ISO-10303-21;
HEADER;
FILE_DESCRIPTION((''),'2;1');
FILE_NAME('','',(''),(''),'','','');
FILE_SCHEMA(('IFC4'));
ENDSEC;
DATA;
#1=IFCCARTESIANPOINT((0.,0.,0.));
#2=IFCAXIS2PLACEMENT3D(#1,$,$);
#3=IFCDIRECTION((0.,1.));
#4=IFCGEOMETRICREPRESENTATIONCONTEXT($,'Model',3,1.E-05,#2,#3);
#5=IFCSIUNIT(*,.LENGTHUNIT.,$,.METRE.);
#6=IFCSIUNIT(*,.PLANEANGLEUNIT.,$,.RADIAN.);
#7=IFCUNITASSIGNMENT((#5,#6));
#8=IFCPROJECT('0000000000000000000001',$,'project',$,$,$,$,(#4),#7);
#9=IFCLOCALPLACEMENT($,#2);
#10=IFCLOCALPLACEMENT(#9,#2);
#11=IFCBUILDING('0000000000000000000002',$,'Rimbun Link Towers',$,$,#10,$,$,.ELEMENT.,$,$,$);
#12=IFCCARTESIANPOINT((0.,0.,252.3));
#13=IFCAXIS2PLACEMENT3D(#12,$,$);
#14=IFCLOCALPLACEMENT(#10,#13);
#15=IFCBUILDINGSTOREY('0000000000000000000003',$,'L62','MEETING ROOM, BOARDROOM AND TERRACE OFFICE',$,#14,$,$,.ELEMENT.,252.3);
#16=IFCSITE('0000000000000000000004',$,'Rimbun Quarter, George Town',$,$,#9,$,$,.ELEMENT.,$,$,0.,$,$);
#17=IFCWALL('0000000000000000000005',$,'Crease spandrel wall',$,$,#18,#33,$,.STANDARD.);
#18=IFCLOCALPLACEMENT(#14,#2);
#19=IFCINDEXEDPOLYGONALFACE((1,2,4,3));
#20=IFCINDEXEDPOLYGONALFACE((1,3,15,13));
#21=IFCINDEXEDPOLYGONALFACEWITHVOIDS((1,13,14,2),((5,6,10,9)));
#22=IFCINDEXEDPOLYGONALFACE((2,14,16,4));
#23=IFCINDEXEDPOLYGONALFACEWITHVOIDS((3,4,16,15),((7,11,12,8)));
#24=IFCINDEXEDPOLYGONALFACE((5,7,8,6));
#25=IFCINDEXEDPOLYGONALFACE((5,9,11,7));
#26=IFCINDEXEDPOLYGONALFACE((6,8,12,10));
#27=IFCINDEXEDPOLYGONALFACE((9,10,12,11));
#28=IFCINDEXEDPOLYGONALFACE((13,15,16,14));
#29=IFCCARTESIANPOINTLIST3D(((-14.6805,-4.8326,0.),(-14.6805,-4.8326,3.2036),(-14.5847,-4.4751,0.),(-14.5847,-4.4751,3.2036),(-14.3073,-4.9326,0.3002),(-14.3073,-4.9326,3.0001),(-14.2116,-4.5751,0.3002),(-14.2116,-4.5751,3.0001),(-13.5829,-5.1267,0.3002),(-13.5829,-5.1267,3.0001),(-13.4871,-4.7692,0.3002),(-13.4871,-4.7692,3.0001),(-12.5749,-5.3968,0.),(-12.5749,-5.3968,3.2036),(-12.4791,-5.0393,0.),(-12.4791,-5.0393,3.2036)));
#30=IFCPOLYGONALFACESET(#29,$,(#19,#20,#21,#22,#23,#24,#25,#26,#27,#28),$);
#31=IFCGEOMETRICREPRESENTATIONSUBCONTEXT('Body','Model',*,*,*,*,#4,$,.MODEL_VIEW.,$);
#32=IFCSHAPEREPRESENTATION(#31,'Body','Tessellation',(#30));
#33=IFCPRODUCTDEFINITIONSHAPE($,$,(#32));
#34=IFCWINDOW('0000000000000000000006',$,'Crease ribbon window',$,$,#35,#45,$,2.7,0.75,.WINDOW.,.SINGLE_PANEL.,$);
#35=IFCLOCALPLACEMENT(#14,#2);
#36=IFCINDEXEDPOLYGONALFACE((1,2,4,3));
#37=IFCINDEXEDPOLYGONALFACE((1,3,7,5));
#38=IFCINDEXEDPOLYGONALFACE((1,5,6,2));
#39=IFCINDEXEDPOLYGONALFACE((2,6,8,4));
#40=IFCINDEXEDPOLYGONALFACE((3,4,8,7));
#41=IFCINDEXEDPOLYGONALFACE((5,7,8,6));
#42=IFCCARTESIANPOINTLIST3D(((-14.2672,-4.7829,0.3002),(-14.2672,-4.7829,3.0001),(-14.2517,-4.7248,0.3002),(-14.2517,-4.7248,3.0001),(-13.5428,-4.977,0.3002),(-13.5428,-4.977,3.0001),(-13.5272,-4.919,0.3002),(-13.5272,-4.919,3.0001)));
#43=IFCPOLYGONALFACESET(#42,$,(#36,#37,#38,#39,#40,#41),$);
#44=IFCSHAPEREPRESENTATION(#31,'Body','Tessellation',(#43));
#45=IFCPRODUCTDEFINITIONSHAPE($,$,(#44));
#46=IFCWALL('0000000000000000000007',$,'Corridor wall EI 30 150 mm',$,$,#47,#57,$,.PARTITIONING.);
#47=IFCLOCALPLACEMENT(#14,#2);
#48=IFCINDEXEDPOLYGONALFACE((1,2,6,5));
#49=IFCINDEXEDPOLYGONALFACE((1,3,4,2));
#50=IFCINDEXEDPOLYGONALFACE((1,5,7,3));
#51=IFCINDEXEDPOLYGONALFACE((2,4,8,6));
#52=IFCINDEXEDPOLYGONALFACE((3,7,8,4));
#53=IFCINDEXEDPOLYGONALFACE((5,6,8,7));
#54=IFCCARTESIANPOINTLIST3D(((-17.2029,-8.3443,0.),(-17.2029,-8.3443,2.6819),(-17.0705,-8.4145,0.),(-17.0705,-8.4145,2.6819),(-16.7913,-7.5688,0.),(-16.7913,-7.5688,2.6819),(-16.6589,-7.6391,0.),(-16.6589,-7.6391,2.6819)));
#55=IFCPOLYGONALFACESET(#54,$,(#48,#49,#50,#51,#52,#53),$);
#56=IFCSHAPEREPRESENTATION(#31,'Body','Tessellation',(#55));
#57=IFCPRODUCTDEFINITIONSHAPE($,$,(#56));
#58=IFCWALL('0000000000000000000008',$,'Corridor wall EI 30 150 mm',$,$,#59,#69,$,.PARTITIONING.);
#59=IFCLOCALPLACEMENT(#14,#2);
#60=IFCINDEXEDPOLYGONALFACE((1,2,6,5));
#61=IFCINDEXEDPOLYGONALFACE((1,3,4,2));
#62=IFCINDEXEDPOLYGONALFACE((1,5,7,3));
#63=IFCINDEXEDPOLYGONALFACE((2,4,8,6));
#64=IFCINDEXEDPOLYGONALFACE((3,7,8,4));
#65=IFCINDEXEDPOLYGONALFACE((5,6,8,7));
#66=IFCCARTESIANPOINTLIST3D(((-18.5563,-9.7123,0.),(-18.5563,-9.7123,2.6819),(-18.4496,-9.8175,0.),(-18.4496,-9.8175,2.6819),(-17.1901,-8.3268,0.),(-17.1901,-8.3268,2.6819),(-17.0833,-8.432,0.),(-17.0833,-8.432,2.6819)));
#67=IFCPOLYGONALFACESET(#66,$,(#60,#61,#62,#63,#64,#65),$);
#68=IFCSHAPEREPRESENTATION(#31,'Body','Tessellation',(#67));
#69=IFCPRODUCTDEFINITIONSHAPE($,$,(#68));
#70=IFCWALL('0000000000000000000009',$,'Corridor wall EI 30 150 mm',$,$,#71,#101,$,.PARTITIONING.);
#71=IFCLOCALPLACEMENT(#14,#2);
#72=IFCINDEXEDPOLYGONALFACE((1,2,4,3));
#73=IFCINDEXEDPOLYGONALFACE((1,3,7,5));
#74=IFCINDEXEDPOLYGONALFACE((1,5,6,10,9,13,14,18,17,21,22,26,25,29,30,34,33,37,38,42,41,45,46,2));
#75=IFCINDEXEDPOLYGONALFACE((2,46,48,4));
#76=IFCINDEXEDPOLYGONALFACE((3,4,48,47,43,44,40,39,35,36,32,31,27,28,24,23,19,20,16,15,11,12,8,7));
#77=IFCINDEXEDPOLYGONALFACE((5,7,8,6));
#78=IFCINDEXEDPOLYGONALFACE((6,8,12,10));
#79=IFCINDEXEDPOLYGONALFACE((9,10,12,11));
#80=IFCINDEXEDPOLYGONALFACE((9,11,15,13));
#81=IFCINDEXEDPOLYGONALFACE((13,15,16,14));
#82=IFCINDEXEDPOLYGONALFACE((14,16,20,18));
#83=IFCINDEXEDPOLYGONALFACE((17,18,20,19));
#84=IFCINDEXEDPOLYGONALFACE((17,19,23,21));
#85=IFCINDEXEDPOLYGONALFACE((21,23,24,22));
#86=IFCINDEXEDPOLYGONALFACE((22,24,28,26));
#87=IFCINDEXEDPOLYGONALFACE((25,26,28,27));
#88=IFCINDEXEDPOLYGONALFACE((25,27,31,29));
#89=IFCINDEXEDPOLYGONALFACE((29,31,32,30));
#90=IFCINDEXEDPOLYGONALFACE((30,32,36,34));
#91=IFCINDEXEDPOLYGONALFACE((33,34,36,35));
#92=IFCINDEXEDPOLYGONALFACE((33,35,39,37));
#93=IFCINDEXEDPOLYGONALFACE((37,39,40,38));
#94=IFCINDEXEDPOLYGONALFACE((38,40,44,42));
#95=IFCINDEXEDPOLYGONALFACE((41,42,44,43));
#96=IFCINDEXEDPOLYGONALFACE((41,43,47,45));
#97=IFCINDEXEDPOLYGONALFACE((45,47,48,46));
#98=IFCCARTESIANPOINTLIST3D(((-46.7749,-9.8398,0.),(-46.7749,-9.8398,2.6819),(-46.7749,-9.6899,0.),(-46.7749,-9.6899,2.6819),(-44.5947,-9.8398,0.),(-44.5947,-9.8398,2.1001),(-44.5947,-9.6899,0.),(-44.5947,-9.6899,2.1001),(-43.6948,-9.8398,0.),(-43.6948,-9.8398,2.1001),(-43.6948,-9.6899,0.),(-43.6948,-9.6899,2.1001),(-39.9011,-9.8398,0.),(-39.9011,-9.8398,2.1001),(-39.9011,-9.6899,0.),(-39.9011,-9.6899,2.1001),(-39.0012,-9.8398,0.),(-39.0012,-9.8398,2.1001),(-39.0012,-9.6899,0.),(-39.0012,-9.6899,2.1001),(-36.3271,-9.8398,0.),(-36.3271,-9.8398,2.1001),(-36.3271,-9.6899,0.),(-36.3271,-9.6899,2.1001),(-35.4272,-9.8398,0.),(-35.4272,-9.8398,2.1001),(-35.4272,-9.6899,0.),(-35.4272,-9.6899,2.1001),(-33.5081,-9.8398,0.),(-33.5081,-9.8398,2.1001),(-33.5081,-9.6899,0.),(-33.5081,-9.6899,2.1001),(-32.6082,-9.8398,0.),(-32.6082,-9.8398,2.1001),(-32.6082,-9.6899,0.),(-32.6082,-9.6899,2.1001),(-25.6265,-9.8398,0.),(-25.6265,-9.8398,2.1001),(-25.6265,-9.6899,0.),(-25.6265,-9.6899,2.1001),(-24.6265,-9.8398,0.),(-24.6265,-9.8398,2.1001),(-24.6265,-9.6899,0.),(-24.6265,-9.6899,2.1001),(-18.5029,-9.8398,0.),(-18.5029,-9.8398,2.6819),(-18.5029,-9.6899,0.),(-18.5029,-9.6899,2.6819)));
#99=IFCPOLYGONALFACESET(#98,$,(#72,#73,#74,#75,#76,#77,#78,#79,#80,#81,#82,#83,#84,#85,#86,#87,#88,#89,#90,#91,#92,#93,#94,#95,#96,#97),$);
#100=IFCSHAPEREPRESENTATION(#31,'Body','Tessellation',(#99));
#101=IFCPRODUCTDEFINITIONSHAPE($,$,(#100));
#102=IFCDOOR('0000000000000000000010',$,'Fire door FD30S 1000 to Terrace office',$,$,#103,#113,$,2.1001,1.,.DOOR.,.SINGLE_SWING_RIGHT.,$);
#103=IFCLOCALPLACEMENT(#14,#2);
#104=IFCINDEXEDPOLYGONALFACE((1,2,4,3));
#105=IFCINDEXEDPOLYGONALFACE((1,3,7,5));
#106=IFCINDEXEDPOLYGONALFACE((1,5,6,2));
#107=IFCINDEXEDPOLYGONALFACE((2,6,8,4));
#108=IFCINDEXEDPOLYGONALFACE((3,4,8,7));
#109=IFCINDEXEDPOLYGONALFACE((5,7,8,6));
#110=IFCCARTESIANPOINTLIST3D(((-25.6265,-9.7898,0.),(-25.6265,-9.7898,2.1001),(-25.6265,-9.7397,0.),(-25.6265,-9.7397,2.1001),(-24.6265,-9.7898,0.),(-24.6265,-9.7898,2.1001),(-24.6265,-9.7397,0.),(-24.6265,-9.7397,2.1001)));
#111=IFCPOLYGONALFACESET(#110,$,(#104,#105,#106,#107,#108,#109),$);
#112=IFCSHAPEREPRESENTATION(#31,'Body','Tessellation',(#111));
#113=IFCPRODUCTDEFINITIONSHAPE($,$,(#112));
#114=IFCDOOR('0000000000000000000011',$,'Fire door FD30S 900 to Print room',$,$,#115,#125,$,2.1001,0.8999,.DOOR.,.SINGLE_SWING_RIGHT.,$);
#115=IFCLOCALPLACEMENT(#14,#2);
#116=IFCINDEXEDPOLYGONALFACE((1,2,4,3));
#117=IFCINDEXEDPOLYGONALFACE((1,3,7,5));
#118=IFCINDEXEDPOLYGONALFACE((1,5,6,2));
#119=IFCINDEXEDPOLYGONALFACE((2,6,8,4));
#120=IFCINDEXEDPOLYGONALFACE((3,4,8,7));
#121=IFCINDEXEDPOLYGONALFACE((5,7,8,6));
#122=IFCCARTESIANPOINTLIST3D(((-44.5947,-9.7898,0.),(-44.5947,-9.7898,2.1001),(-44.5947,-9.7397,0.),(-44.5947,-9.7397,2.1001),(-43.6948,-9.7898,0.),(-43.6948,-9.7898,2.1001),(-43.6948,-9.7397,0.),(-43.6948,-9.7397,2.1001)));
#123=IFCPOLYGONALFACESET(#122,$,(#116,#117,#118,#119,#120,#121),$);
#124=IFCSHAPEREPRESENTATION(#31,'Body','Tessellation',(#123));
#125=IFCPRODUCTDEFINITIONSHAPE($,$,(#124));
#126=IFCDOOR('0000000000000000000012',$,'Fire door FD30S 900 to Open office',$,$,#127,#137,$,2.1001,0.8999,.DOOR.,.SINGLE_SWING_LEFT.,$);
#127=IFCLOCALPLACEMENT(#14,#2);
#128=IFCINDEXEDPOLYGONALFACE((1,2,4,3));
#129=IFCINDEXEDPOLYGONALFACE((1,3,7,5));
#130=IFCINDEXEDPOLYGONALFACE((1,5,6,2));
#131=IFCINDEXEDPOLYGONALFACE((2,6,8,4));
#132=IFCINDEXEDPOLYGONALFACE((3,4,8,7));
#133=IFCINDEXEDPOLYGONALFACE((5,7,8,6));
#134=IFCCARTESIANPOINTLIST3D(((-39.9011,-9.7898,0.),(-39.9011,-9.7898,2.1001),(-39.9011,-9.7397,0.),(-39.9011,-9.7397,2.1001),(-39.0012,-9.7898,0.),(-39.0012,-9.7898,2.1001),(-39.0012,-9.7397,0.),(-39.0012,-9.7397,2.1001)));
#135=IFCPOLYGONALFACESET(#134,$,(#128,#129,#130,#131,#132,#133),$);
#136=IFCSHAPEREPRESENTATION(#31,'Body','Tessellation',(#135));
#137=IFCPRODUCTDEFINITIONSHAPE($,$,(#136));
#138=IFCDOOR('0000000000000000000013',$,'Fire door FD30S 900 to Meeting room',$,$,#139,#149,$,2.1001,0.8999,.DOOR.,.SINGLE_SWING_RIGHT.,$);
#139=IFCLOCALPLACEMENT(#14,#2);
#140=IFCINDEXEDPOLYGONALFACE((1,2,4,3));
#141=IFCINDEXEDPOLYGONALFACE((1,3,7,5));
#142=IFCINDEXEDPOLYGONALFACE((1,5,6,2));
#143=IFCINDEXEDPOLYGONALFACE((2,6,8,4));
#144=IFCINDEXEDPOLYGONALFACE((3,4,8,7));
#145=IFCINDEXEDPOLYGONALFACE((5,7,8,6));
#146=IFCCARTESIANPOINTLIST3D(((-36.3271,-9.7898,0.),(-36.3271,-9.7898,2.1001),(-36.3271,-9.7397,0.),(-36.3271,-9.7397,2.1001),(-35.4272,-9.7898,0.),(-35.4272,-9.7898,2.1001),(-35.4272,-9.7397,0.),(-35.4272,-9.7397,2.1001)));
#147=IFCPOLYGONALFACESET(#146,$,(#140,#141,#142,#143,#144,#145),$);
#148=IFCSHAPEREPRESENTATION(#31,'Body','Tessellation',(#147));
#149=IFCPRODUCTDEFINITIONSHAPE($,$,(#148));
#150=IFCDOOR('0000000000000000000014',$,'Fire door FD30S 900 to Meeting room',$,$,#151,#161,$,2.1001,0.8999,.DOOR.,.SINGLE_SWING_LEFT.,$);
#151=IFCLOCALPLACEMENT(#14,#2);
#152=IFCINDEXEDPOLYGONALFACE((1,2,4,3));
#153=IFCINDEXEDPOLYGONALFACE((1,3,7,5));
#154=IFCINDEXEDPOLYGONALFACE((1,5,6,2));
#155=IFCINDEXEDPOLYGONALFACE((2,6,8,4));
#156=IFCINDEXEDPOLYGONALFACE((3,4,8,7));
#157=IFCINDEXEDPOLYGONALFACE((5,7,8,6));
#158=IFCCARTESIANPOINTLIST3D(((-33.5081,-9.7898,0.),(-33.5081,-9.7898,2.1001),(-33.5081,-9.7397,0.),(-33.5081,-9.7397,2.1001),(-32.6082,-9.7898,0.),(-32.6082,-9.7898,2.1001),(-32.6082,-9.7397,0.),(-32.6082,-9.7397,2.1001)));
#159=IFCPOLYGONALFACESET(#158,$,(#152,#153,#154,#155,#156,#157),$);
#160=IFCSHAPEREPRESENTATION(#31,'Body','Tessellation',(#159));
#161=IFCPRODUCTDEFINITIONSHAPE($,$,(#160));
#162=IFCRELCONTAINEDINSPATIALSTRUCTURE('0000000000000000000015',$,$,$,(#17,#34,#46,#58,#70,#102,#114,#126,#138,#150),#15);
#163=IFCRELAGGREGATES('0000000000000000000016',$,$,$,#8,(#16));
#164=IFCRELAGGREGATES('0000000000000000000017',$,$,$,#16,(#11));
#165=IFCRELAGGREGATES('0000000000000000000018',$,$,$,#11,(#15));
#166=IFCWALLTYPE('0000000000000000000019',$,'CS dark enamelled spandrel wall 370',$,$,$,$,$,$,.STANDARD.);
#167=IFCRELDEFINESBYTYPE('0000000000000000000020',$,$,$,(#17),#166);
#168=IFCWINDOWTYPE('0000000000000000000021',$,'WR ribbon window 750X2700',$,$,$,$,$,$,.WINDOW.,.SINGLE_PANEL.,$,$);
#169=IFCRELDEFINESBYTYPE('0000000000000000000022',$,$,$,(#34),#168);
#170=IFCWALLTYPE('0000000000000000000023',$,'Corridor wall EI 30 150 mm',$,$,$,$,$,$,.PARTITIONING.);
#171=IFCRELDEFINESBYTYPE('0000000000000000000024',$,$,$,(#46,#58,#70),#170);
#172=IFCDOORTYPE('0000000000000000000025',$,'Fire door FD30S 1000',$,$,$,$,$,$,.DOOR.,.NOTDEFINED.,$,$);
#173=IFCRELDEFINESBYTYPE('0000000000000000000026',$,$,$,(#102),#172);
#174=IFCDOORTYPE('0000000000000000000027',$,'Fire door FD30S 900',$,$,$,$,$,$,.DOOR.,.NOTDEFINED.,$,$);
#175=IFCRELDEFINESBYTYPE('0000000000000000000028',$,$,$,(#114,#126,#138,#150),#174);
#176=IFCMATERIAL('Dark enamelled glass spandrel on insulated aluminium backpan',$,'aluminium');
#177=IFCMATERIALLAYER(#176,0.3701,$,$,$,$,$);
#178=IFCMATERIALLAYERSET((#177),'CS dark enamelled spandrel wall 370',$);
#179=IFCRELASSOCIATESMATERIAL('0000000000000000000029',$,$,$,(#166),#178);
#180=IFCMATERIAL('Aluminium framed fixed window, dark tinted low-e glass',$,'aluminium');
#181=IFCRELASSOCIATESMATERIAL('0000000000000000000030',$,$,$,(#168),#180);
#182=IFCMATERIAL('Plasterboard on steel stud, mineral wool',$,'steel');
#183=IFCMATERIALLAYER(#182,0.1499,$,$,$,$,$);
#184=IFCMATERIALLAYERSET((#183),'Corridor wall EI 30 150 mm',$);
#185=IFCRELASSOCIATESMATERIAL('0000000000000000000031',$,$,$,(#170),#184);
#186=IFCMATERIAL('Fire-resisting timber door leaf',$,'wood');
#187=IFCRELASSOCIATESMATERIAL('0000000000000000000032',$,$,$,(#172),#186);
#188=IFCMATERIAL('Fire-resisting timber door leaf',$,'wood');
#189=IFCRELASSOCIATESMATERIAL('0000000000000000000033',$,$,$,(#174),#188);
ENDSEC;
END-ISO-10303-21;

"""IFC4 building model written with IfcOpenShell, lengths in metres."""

from ifc_helpers import new_model, si_unit, direction, frame, frame_2d, origin, place, context, subcontext, project, spatial, rectangle, extrude, material, layer, layer_set, type_object, element, fill, save


model = new_model("IFC4")

# Units and contexts
model_context = context("Model", 3, precision=1e-05, world=origin(), true_north=direction((0.0, 1.0)))
body_context = subcontext(model_context, "Body", "Model", "MODEL_VIEW")
ifc_project = project(units=[si_unit("LENGTHUNIT", "METRE"), si_unit("PLANEANGLEUNIT", "RADIAN")], contexts=[model_context])

# Site, building, storey
site_placement = place(None, origin())
site = spatial("IfcSite", under=ifc_project, at=site_placement, Name="Rimbun Quarter, George Town", CompositionType="ELEMENT", RefElevation=0.0)
building_placement = place(site_placement, origin())
building = spatial("IfcBuilding", under=site, at=building_placement, Name="Rimbun Link Towers", CompositionType="ELEMENT")
storey_placement = place(building_placement, frame((0.0, 0.0, 252.3)))
storey = spatial("IfcBuildingStorey", under=building, at=storey_placement, Name="L62", Description="MEETING ROOM, BOARDROOM AND TERRACE OFFICE", CompositionType="ELEMENT", Elevation=252.3)

# Wall, opening, window
ifc_material_1 = material(Name="Dark enamelled glass spandrel on insulated aluminium backpan", Category="aluminium")
ifc_layer_1 = layer(ifc_material_1, 0.3701)
ifc_layer_set_1 = layer_set([ifc_layer_1], Name="CS dark enamelled spandrel wall 370")
wall_type_1 = type_object("IfcWallType", Name="CS dark enamelled spandrel wall 370", PredefinedType="STANDARD", material=ifc_layer_set_1)
wall_1_placement = place(storey_placement, frame((-12.5271, -5.218, 0.0), z_axis=(0.0, 0.0, 1.0), x_axis=(-0.965928, 0.258813, 0.0)))
wall_1 = element("IfcWall", 1, at=wall_1_placement, inside=storey, type_object=wall_type_1, Name="Crease spandrel wall", PredefinedType="STANDARD", context=body_context, shape_type="SweptSolid", body=[
    extrude(rectangle(XDim=2.1799, YDim=0.3701, at=frame_2d((1.0898, 0.0))), origin(), (0.0, 0.0, 1.0), 3.2036),
])
opening_1_placement = place(wall_1_placement, frame((1.0435, 0.0, 0.3)))
opening_1 = element("IfcOpeningElement", 2, at=opening_1_placement, cuts=wall_1, PredefinedType="OPENING", context=body_context, shape_type="SweptSolid", body=[
    extrude(rectangle(XDim=0.75, YDim=2.7, at=frame_2d((0.375, 1.3501))), frame((0.0, 0.1951, 0.0), z_axis=(0.0, -1.0, 0.0), x_axis=(1.0, 0.0, 0.0)), (0.0, 0.0, 1.0), 0.3901),
])
ifc_material_2 = material(Name="Aluminium framed fixed window, dark tinted low-e glass", Category="aluminium")
window_type_1 = type_object("IfcWindowType", Name="WR ribbon window 750X2700", PartitioningType="SINGLE_PANEL", PredefinedType="WINDOW", material=ifc_material_2)
window_1_placement = place(opening_1_placement, origin())
window_1 = element("IfcWindow", 3, at=window_1_placement, inside=storey, type_object=window_type_1, Name="Crease ribbon window", OverallHeight=2.7, OverallWidth=0.75, PartitioningType="SINGLE_PANEL", PredefinedType="WINDOW", context=body_context, shape_type="SweptSolid", body=[
    extrude(rectangle(XDim=0.75, YDim=2.7, at=frame_2d((0.375, 1.3501))), frame((0.0, 0.03, 0.0), z_axis=(0.0, -1.0, 0.0), x_axis=(1.0, 0.0, 0.0)), (0.0, 0.0, 1.0), 0.0601),
])
fill(opening_1, window_1)

# Walls
ifc_material_3 = material(Name="Plasterboard on steel stud, mineral wool", Category="steel")
ifc_layer_2 = layer(ifc_material_3, 0.1499)
ifc_layer_set_2 = layer_set([ifc_layer_2], Name="Corridor wall EI 30 150 mm")
wall_type_2 = type_object("IfcWallType", Name="Corridor wall EI 30 150 mm", PredefinedType="PARTITIONING", material=ifc_layer_set_2)
wall_2_placement = place(storey_placement, frame((-17.1367, -8.3794, 0.0), z_axis=(0.0, 0.0, 1.0), x_axis=(0.468884, 0.88326, 0.0)))
element("IfcWall", 4, at=wall_2_placement, inside=storey, type_object=wall_type_2, Name="Corridor wall EI 30 150 mm", PredefinedType="PARTITIONING", context=body_context, shape_type="SweptSolid", body=[
    extrude(rectangle(XDim=0.8779, YDim=0.1499, at=frame_2d((0.439, 0.0))), origin(), (0.0, 0.0, 1.0), 2.6819),
])
wall_3_placement = place(storey_placement, frame((-18.5029, -9.7649, 0.0), z_axis=(0.0, 0.0, 1.0), x_axis=(0.702133, 0.712046, 0.0)))
element("IfcWall", 5, at=wall_3_placement, inside=storey, type_object=wall_type_2, Name="Corridor wall EI 30 150 mm", PredefinedType="PARTITIONING", context=body_context, shape_type="SweptSolid", body=[
    extrude(rectangle(XDim=1.9458, YDim=0.1499, at=frame_2d((0.9729, 0.0))), origin(), (0.0, 0.0, 1.0), 2.6819),
])

# Wall, openings, doors
wall_4_placement = place(storey_placement, frame((-18.5029, -9.7649, 0.0), z_axis=(0.0, 0.0, 1.0), x_axis=(-1.0, 0.0, 0.0)))
wall_4 = element("IfcWall", 6, at=wall_4_placement, inside=storey, type_object=wall_type_2, Name="Corridor wall EI 30 150 mm", PredefinedType="PARTITIONING", context=body_context, shape_type="SweptSolid", body=[
    extrude(rectangle(XDim=28.272, YDim=0.1499, at=frame_2d((14.136, 0.0))), origin(), (0.0, 0.0, 1.0), 2.6819),
])
opening_2_placement = place(wall_4_placement, frame((25.1919, 0.0, 0.0)))
opening_2 = element("IfcOpeningElement", 7, at=opening_2_placement, cuts=wall_4, PredefinedType="OPENING", context=body_context, shape_type="SweptSolid", body=[
    extrude(rectangle(XDim=0.8999, YDim=2.1001, at=frame_2d((0.45, 1.05))), frame((0.0, 0.085, 0.0), z_axis=(0.0, -1.0, 0.0), x_axis=(1.0, 0.0, 0.0)), (0.0, 0.0, 1.0), 0.1699),
])
opening_3_placement = place(wall_4_placement, frame((20.4983, 0.0, 0.0)))
opening_3 = element("IfcOpeningElement", 8, at=opening_3_placement, cuts=wall_4, PredefinedType="OPENING", context=body_context, shape_type="SweptSolid", body=[
    extrude(rectangle(XDim=0.8999, YDim=2.1001, at=frame_2d((0.45, 1.05))), frame((0.0, 0.085, 0.0), z_axis=(0.0, -1.0, 0.0), x_axis=(1.0, 0.0, 0.0)), (0.0, 0.0, 1.0), 0.1699),
])
opening_4_placement = place(wall_4_placement, frame((16.9243, 0.0, 0.0)))
opening_4 = element("IfcOpeningElement", 9, at=opening_4_placement, cuts=wall_4, PredefinedType="OPENING", context=body_context, shape_type="SweptSolid", body=[
    extrude(rectangle(XDim=0.8999, YDim=2.1001, at=frame_2d((0.45, 1.05))), frame((0.0, 0.085, 0.0), z_axis=(0.0, -1.0, 0.0), x_axis=(1.0, 0.0, 0.0)), (0.0, 0.0, 1.0), 0.1699),
])
opening_5_placement = place(wall_4_placement, frame((14.1052, 0.0, 0.0)))
opening_5 = element("IfcOpeningElement", 10, at=opening_5_placement, cuts=wall_4, PredefinedType="OPENING", context=body_context, shape_type="SweptSolid", body=[
    extrude(rectangle(XDim=0.8999, YDim=2.1001, at=frame_2d((0.45, 1.05))), frame((0.0, 0.085, 0.0), z_axis=(0.0, -1.0, 0.0), x_axis=(1.0, 0.0, 0.0)), (0.0, 0.0, 1.0), 0.1699),
])
opening_6_placement = place(wall_4_placement, frame((6.1235, 0.0, 0.0)))
opening_6 = element("IfcOpeningElement", 11, at=opening_6_placement, cuts=wall_4, PredefinedType="OPENING", context=body_context, shape_type="SweptSolid", body=[
    extrude(rectangle(XDim=1.0, YDim=2.1001, at=frame_2d((0.5, 1.05))), frame((0.0, 0.085, 0.0), z_axis=(0.0, -1.0, 0.0), x_axis=(1.0, 0.0, 0.0)), (0.0, 0.0, 1.0), 0.1699),
])
ifc_material_4 = material(Name="Fire-resisting timber door leaf", Category="wood")
door_type_1 = type_object("IfcDoorType", Name="Fire door FD30S 1000", OperationType="NOTDEFINED", PredefinedType="DOOR", material=ifc_material_4)
door_1_placement = place(opening_6_placement, origin())
door_1 = element("IfcDoor", 12, at=door_1_placement, inside=storey, type_object=door_type_1, Name="Fire door FD30S 1000 to Terrace office", OperationType="SINGLE_SWING_RIGHT", OverallHeight=2.1001, OverallWidth=1.0, PredefinedType="DOOR", context=body_context, shape_type="SweptSolid", body=[
    extrude(rectangle(XDim=1.0, YDim=2.1001, at=frame_2d((0.5, 1.05))), frame((0.0, 0.0249, 0.0), z_axis=(0.0, -1.0, 0.0), x_axis=(1.0, 0.0, 0.0)), (0.0, 0.0, 1.0), 0.05),
])
fill(opening_6, door_1)
ifc_material_5 = material(Name="Fire-resisting timber door leaf", Category="wood")
door_type_2 = type_object("IfcDoorType", Name="Fire door FD30S 900", OperationType="NOTDEFINED", PredefinedType="DOOR", material=ifc_material_5)
door_2_placement = place(opening_2_placement, origin())
door_2 = element("IfcDoor", 13, at=door_2_placement, inside=storey, type_object=door_type_2, Name="Fire door FD30S 900 to Print room", OperationType="SINGLE_SWING_RIGHT", OverallHeight=2.1001, OverallWidth=0.8999, PredefinedType="DOOR", context=body_context, shape_type="SweptSolid", body=[
    extrude(rectangle(XDim=0.8999, YDim=2.1001, at=frame_2d((0.45, 1.05))), frame((0.0, 0.0249, 0.0), z_axis=(0.0, -1.0, 0.0), x_axis=(1.0, 0.0, 0.0)), (0.0, 0.0, 1.0), 0.05),
])
fill(opening_2, door_2)
door_3_placement = place(opening_3_placement, origin())
door_3 = element("IfcDoor", 14, at=door_3_placement, inside=storey, type_object=door_type_2, Name="Fire door FD30S 900 to Open office", OperationType="SINGLE_SWING_LEFT", OverallHeight=2.1001, OverallWidth=0.8999, PredefinedType="DOOR", context=body_context, shape_type="SweptSolid", body=[
    extrude(rectangle(XDim=0.8999, YDim=2.1001, at=frame_2d((0.45, 1.05))), frame((0.0, 0.0249, 0.0), z_axis=(0.0, -1.0, 0.0), x_axis=(1.0, 0.0, 0.0)), (0.0, 0.0, 1.0), 0.05),
])
fill(opening_3, door_3)
door_4_placement = place(opening_4_placement, origin())
door_4 = element("IfcDoor", 15, at=door_4_placement, inside=storey, type_object=door_type_2, Name="Fire door FD30S 900 to Meeting room", OperationType="SINGLE_SWING_RIGHT", OverallHeight=2.1001, OverallWidth=0.8999, PredefinedType="DOOR", context=body_context, shape_type="SweptSolid", body=[
    extrude(rectangle(XDim=0.8999, YDim=2.1001, at=frame_2d((0.45, 1.05))), frame((0.0, 0.0249, 0.0), z_axis=(0.0, -1.0, 0.0), x_axis=(1.0, 0.0, 0.0)), (0.0, 0.0, 1.0), 0.05),
])
fill(opening_4, door_4)
door_5_placement = place(opening_5_placement, origin())
door_5 = element("IfcDoor", 16, at=door_5_placement, inside=storey, type_object=door_type_2, Name="Fire door FD30S 900 to Meeting room", OperationType="SINGLE_SWING_LEFT", OverallHeight=2.1001, OverallWidth=0.8999, PredefinedType="DOOR", context=body_context, shape_type="SweptSolid", body=[
    extrude(rectangle(XDim=0.8999, YDim=2.1001, at=frame_2d((0.45, 1.05))), frame((0.0, 0.0249, 0.0), z_axis=(0.0, -1.0, 0.0), x_axis=(1.0, 0.0, 0.0)), (0.0, 0.0, 1.0), 0.05),
])
fill(opening_5, door_5)

save(model, "model.ifc")
